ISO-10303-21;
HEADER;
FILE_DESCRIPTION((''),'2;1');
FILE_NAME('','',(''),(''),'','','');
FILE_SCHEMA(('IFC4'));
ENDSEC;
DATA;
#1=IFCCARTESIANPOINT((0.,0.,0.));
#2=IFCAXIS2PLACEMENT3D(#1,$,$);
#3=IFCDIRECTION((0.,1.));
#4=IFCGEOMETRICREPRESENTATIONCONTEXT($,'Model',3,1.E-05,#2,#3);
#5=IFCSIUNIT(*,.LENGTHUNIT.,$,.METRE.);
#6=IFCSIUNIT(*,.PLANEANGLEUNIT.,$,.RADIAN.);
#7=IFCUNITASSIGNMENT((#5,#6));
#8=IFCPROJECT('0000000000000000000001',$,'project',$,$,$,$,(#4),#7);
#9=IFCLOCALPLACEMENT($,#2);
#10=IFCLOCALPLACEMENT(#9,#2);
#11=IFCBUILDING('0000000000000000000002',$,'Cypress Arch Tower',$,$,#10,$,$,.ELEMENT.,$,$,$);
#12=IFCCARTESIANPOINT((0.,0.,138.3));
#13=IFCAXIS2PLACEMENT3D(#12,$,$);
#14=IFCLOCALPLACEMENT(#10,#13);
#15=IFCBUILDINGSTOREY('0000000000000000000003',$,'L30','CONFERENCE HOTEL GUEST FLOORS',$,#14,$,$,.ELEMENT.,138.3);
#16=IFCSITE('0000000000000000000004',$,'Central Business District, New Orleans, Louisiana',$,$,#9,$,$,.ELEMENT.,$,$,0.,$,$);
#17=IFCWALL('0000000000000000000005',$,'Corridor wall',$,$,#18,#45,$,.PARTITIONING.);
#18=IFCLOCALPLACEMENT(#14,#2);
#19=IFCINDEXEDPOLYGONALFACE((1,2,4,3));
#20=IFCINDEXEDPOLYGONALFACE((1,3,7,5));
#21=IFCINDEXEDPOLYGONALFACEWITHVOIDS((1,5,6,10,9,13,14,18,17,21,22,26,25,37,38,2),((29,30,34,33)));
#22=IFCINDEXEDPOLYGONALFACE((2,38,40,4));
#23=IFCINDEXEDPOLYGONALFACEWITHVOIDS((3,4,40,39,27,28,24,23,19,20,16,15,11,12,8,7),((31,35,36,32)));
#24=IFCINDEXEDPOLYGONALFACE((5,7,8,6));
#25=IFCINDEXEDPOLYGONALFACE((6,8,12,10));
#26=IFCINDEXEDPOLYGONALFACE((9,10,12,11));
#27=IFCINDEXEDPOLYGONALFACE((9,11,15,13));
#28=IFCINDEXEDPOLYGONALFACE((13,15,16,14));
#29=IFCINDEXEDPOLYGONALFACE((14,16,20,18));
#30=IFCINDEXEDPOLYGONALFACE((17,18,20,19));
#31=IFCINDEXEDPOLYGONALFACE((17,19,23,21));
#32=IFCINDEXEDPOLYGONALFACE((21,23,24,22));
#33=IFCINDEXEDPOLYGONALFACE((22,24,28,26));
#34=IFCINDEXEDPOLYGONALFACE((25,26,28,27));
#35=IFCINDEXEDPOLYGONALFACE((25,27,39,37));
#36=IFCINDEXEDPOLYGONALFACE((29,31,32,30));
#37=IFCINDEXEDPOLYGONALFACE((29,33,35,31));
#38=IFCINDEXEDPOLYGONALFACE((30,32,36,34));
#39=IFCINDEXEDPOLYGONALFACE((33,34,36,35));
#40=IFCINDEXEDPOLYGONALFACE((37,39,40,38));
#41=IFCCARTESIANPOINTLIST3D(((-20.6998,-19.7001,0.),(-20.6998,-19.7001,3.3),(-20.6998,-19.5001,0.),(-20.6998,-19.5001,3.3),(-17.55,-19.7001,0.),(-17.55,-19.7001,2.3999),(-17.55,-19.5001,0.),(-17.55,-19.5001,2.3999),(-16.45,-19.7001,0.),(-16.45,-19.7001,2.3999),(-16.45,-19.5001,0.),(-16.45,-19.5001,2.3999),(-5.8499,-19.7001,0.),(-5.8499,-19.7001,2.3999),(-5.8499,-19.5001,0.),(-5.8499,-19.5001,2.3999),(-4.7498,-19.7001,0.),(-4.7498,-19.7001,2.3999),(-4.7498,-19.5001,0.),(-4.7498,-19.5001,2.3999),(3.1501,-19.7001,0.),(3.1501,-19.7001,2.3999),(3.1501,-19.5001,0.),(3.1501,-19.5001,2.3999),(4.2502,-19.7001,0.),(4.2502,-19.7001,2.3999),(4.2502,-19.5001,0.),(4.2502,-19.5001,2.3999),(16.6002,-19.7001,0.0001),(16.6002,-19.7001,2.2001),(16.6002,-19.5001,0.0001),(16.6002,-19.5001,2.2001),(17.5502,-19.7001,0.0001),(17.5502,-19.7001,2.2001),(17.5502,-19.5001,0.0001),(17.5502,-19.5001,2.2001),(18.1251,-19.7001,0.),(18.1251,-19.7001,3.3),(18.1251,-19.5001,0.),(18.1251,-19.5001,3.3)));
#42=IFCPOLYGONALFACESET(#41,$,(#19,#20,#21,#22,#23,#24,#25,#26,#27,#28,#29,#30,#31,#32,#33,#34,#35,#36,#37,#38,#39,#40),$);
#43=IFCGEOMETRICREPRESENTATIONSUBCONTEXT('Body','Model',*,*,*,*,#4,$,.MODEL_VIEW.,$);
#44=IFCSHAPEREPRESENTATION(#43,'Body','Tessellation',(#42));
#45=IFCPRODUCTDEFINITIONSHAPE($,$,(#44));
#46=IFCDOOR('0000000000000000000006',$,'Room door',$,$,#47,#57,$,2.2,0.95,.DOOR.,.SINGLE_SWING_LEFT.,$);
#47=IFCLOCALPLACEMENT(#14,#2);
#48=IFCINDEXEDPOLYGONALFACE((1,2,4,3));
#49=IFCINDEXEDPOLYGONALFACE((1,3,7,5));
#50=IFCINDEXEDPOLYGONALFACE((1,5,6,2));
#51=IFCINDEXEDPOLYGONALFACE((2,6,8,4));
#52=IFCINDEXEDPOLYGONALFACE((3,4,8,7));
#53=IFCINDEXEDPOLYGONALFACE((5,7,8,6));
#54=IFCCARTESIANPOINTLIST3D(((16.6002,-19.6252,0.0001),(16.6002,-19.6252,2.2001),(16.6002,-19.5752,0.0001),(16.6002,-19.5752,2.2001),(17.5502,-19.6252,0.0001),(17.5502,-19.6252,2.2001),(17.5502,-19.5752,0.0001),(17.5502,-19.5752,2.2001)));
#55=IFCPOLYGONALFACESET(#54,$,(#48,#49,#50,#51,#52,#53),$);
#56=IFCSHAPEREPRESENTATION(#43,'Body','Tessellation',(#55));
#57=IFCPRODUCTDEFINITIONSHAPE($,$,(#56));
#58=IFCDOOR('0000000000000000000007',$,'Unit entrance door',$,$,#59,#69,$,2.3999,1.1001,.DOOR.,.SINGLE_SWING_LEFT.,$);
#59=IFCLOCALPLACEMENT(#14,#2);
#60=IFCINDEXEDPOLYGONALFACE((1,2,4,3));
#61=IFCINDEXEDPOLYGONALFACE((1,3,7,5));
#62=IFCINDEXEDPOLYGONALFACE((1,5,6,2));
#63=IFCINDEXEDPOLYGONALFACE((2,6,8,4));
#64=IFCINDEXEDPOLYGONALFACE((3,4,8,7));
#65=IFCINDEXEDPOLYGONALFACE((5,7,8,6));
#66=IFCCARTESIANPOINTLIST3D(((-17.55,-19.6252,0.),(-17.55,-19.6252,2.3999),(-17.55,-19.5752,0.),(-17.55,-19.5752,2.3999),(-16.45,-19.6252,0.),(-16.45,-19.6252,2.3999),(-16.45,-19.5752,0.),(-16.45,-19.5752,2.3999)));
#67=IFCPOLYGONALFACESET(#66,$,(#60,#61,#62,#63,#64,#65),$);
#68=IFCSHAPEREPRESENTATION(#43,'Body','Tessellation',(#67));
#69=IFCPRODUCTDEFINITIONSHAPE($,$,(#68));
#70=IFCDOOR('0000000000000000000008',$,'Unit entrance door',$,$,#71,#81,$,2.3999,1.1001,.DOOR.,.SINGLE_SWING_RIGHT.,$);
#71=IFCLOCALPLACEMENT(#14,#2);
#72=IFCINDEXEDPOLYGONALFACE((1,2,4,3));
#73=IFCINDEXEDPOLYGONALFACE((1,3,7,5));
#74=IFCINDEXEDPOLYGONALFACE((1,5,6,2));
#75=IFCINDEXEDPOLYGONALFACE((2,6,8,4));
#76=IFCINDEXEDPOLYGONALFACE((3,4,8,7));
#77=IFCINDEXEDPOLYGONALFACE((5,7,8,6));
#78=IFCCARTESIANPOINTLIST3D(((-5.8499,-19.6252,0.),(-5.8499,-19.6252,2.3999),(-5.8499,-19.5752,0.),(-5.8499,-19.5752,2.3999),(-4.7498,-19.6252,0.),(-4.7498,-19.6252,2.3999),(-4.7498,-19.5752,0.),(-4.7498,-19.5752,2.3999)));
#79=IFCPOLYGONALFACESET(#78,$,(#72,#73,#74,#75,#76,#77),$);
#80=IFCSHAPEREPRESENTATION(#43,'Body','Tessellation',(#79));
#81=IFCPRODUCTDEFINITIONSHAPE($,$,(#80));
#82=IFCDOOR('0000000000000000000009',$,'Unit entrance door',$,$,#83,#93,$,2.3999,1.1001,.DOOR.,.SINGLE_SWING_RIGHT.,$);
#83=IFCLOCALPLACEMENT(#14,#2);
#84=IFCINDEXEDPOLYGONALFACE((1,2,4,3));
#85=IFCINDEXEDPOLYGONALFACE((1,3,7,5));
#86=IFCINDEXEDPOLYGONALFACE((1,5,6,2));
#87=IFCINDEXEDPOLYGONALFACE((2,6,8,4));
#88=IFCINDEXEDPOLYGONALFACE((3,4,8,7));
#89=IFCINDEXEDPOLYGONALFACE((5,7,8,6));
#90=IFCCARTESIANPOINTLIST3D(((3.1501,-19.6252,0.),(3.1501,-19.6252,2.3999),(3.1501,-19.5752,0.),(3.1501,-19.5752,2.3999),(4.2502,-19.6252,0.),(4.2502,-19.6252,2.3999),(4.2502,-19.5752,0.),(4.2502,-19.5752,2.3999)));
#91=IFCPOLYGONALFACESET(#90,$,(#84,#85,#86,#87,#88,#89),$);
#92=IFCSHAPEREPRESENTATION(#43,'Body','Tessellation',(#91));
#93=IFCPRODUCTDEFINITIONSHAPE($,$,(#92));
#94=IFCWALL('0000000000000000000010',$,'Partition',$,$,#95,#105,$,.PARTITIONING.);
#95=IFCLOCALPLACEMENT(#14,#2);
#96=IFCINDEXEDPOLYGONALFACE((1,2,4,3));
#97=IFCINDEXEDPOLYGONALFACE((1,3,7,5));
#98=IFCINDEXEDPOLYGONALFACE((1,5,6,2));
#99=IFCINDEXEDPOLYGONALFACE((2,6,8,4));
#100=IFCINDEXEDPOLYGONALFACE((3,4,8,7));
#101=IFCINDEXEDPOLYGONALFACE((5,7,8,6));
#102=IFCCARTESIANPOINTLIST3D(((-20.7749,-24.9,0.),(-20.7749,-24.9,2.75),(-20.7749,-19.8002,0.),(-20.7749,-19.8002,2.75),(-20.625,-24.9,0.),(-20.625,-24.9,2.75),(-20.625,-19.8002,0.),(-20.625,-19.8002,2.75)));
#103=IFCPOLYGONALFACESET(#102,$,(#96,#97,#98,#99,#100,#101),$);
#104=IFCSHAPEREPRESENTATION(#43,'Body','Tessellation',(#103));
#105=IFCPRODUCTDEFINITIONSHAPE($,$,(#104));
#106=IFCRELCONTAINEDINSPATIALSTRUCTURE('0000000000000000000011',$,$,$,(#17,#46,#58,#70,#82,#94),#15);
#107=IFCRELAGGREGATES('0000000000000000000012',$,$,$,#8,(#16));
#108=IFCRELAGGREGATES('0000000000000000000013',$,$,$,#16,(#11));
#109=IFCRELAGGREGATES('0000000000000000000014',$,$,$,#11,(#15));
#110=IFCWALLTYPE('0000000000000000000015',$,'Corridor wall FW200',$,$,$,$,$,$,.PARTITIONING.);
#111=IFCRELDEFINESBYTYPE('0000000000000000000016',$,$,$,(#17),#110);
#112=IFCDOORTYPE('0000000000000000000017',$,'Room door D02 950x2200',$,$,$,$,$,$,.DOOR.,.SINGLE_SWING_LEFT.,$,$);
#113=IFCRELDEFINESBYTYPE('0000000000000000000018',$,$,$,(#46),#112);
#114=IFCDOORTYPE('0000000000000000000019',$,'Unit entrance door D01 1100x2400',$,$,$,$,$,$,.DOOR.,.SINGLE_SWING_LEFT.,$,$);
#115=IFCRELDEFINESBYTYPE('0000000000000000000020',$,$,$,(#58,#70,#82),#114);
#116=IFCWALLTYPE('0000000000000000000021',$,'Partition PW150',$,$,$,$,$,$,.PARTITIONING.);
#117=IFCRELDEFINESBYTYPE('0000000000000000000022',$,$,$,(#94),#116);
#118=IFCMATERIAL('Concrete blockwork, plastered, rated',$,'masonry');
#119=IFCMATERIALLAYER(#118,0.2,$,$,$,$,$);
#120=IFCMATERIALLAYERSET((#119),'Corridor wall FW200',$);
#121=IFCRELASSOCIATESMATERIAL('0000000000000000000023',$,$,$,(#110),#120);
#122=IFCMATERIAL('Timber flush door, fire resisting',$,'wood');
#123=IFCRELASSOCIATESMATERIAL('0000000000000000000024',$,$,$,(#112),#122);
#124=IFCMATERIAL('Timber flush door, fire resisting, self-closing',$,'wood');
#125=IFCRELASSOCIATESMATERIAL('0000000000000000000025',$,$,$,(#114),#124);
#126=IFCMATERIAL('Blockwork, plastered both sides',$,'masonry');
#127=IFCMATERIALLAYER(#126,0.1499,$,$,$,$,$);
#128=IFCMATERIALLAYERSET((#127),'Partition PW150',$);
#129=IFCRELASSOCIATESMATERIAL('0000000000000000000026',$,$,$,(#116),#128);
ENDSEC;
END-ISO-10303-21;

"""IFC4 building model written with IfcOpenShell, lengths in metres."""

from ifc_helpers import new_model, si_unit, direction, frame, frame_2d, origin, place, context, subcontext, project, spatial, rectangle, extrude, material, layer, layer_set, type_object, element, fill, save


model = new_model("IFC4")

# Units and contexts
model_context = context("Model", 3, precision=1e-05, world=origin(), true_north=direction((0.0, 1.0)))
body_context = subcontext(model_context, "Body", "Model", "MODEL_VIEW")
ifc_project = project(units=[si_unit("LENGTHUNIT", "METRE"), si_unit("PLANEANGLEUNIT", "RADIAN")], contexts=[model_context])

# Site, building, storey
site_placement = place(None, origin())
site = spatial("IfcSite", under=ifc_project, at=site_placement, Name="Central Business District, New Orleans, Louisiana", CompositionType="ELEMENT", RefElevation=0.0)
building_placement = place(site_placement, origin())
building = spatial("IfcBuilding", under=site, at=building_placement, Name="Cypress Arch Tower", CompositionType="ELEMENT")
storey_placement = place(building_placement, frame((0.0, 0.0, 138.3)))
storey = spatial("IfcBuildingStorey", under=building, at=storey_placement, Name="L30", Description="CONFERENCE HOTEL GUEST FLOORS", CompositionType="ELEMENT", Elevation=138.3)

# Shared definitions
ifc_material_1 = material(Name="Concrete blockwork, plastered, rated", Category="masonry")
ifc_layer_1 = layer(ifc_material_1, 0.2)
ifc_layer_set_1 = layer_set([ifc_layer_1], Name="Corridor wall FW200")
wall_type_1 = type_object("IfcWallType", Name="Corridor wall FW200", PredefinedType="PARTITIONING", material=ifc_layer_set_1)

# Wall, openings, doors
wall_1_placement = place(storey_placement, frame((-20.7, -19.6001, 0.0), z_axis=(0.0, 0.0, 1.0), x_axis=(1.0, 0.0, 0.0)))
wall_1 = element("IfcWall", 1, at=wall_1_placement, inside=storey, type_object=wall_type_1, Name="Corridor wall", PredefinedType="PARTITIONING", context=body_context, shape_type="SweptSolid", body=[
    extrude(rectangle(XDim=38.825, YDim=0.2, at=frame_2d((19.4126, 0.0))), origin(), (0.0, 0.0, 1.0), 3.3),
])
opening_1_placement = place(wall_1_placement, frame((3.1499, 0.0, 0.0)))
opening_1 = element("IfcOpeningElement", 2, at=opening_1_placement, cuts=wall_1, PredefinedType="OPENING", context=body_context, shape_type="SweptSolid", body=[
    extrude(rectangle(XDim=1.1001, YDim=2.3999, at=frame_2d((0.55, 1.2))), frame((0.0, 0.1099, 0.0), z_axis=(0.0, -1.0, 0.0), x_axis=(1.0, 0.0, 0.0)), (0.0, 0.0, 1.0), 0.22),
])
opening_2_placement = place(wall_1_placement, frame((14.8501, 0.0, 0.0)))
opening_2 = element("IfcOpeningElement", 3, at=opening_2_placement, cuts=wall_1, PredefinedType="OPENING", context=body_context, shape_type="SweptSolid", body=[
    extrude(rectangle(XDim=1.1001, YDim=2.3999, at=frame_2d((0.55, 1.2))), frame((0.0, 0.1099, 0.0), z_axis=(0.0, -1.0, 0.0), x_axis=(1.0, 0.0, 0.0)), (0.0, 0.0, 1.0), 0.22),
])
opening_3_placement = place(wall_1_placement, frame((23.8501, 0.0, 0.0)))
opening_3 = element("IfcOpeningElement", 4, at=opening_3_placement, cuts=wall_1, PredefinedType="OPENING", context=body_context, shape_type="SweptSolid", body=[
    extrude(rectangle(XDim=1.1001, YDim=2.3999, at=frame_2d((0.55, 1.2))), frame((0.0, 0.1099, 0.0), z_axis=(0.0, -1.0, 0.0), x_axis=(1.0, 0.0, 0.0)), (0.0, 0.0, 1.0), 0.22),
])
opening_4_placement = place(wall_1_placement, frame((37.3, 0.0, 0.0)))
opening_4 = element("IfcOpeningElement", 5, at=opening_4_placement, cuts=wall_1, PredefinedType="OPENING", context=body_context, shape_type="SweptSolid", body=[
    extrude(rectangle(XDim=0.95, YDim=2.2, at=frame_2d((0.4751, 1.1001))), frame((0.0, 0.1099, 0.0), z_axis=(0.0, -1.0, 0.0), x_axis=(1.0, 0.0, 0.0)), (0.0, 0.0, 1.0), 0.22),
])
ifc_material_2 = material(Name="Timber flush door, fire resisting", Category="wood")
door_type_1 = type_object("IfcDoorType", Name="Room door D02 950x2200", OperationType="SINGLE_SWING_LEFT", PredefinedType="DOOR", material=ifc_material_2)
door_1_placement = place(opening_4_placement, origin())
door_1 = element("IfcDoor", 6, at=door_1_placement, inside=storey, type_object=door_type_1, Name="Room door", OperationType="SINGLE_SWING_LEFT", OverallHeight=2.2, OverallWidth=0.95, PredefinedType="DOOR", context=body_context, shape_type="SweptSolid", body=[
    extrude(rectangle(XDim=0.95, YDim=2.2, at=frame_2d((0.4751, 1.1001))), frame((0.0, 0.0249, 0.0), z_axis=(0.0, -1.0, 0.0), x_axis=(1.0, 0.0, 0.0)), (0.0, 0.0, 1.0), 0.05),
])
fill(opening_4, door_1)
ifc_material_3 = material(Name="Timber flush door, fire resisting, self-closing", Category="wood")
door_type_2 = type_object("IfcDoorType", Name="Unit entrance door D01 1100x2400", OperationType="SINGLE_SWING_LEFT", PredefinedType="DOOR", material=ifc_material_3)
door_2_placement = place(opening_1_placement, origin())
door_2 = element("IfcDoor", 7, at=door_2_placement, inside=storey, type_object=door_type_2, Name="Unit entrance door", OperationType="SINGLE_SWING_LEFT", OverallHeight=2.3999, OverallWidth=1.1001, PredefinedType="DOOR", context=body_context, shape_type="SweptSolid", body=[
    extrude(rectangle(XDim=1.1001, YDim=2.3999, at=frame_2d((0.55, 1.2))), frame((0.0, 0.0249, 0.0), z_axis=(0.0, -1.0, 0.0), x_axis=(1.0, 0.0, 0.0)), (0.0, 0.0, 1.0), 0.05),
])
fill(opening_1, door_2)
door_3_placement = place(opening_2_placement, origin())
door_3 = element("IfcDoor", 8, at=door_3_placement, inside=storey, type_object=door_type_2, Name="Unit entrance door", OperationType="SINGLE_SWING_RIGHT", OverallHeight=2.3999, OverallWidth=1.1001, PredefinedType="DOOR", context=body_context, shape_type="SweptSolid", body=[
    extrude(rectangle(XDim=1.1001, YDim=2.3999, at=frame_2d((0.55, 1.2))), frame((0.0, 0.0249, 0.0), z_axis=(0.0, -1.0, 0.0), x_axis=(1.0, 0.0, 0.0)), (0.0, 0.0, 1.0), 0.05),
])
fill(opening_2, door_3)
door_4_placement = place(opening_3_placement, origin())
door_4 = element("IfcDoor", 9, at=door_4_placement, inside=storey, type_object=door_type_2, Name="Unit entrance door", OperationType="SINGLE_SWING_RIGHT", OverallHeight=2.3999, OverallWidth=1.1001, PredefinedType="DOOR", context=body_context, shape_type="SweptSolid", body=[
    extrude(rectangle(XDim=1.1001, YDim=2.3999, at=frame_2d((0.55, 1.2))), frame((0.0, 0.0249, 0.0), z_axis=(0.0, -1.0, 0.0), x_axis=(1.0, 0.0, 0.0)), (0.0, 0.0, 1.0), 0.05),
])
fill(opening_3, door_4)

# Wall
ifc_material_4 = material(Name="Blockwork, plastered both sides", Category="masonry")
ifc_layer_2 = layer(ifc_material_4, 0.1499)
ifc_layer_set_2 = layer_set([ifc_layer_2], Name="Partition PW150")
wall_type_2 = type_object("IfcWallType", Name="Partition PW150", PredefinedType="PARTITIONING", material=ifc_layer_set_2)
wall_2_placement = place(storey_placement, frame((-20.7, -24.8999, 0.0), z_axis=(0.0, 0.0, 1.0), x_axis=(0.0, 1.0, 0.0)))
element("IfcWall", 10, at=wall_2_placement, inside=storey, type_object=wall_type_2, Name="Partition", PredefinedType="PARTITIONING", context=body_context, shape_type="SweptSolid", body=[
    extrude(rectangle(XDim=5.0999, YDim=0.1499, at=frame_2d((2.5498, 0.0))), origin(), (0.0, 0.0, 1.0), 2.75),
])

save(model, "model.ifc")
